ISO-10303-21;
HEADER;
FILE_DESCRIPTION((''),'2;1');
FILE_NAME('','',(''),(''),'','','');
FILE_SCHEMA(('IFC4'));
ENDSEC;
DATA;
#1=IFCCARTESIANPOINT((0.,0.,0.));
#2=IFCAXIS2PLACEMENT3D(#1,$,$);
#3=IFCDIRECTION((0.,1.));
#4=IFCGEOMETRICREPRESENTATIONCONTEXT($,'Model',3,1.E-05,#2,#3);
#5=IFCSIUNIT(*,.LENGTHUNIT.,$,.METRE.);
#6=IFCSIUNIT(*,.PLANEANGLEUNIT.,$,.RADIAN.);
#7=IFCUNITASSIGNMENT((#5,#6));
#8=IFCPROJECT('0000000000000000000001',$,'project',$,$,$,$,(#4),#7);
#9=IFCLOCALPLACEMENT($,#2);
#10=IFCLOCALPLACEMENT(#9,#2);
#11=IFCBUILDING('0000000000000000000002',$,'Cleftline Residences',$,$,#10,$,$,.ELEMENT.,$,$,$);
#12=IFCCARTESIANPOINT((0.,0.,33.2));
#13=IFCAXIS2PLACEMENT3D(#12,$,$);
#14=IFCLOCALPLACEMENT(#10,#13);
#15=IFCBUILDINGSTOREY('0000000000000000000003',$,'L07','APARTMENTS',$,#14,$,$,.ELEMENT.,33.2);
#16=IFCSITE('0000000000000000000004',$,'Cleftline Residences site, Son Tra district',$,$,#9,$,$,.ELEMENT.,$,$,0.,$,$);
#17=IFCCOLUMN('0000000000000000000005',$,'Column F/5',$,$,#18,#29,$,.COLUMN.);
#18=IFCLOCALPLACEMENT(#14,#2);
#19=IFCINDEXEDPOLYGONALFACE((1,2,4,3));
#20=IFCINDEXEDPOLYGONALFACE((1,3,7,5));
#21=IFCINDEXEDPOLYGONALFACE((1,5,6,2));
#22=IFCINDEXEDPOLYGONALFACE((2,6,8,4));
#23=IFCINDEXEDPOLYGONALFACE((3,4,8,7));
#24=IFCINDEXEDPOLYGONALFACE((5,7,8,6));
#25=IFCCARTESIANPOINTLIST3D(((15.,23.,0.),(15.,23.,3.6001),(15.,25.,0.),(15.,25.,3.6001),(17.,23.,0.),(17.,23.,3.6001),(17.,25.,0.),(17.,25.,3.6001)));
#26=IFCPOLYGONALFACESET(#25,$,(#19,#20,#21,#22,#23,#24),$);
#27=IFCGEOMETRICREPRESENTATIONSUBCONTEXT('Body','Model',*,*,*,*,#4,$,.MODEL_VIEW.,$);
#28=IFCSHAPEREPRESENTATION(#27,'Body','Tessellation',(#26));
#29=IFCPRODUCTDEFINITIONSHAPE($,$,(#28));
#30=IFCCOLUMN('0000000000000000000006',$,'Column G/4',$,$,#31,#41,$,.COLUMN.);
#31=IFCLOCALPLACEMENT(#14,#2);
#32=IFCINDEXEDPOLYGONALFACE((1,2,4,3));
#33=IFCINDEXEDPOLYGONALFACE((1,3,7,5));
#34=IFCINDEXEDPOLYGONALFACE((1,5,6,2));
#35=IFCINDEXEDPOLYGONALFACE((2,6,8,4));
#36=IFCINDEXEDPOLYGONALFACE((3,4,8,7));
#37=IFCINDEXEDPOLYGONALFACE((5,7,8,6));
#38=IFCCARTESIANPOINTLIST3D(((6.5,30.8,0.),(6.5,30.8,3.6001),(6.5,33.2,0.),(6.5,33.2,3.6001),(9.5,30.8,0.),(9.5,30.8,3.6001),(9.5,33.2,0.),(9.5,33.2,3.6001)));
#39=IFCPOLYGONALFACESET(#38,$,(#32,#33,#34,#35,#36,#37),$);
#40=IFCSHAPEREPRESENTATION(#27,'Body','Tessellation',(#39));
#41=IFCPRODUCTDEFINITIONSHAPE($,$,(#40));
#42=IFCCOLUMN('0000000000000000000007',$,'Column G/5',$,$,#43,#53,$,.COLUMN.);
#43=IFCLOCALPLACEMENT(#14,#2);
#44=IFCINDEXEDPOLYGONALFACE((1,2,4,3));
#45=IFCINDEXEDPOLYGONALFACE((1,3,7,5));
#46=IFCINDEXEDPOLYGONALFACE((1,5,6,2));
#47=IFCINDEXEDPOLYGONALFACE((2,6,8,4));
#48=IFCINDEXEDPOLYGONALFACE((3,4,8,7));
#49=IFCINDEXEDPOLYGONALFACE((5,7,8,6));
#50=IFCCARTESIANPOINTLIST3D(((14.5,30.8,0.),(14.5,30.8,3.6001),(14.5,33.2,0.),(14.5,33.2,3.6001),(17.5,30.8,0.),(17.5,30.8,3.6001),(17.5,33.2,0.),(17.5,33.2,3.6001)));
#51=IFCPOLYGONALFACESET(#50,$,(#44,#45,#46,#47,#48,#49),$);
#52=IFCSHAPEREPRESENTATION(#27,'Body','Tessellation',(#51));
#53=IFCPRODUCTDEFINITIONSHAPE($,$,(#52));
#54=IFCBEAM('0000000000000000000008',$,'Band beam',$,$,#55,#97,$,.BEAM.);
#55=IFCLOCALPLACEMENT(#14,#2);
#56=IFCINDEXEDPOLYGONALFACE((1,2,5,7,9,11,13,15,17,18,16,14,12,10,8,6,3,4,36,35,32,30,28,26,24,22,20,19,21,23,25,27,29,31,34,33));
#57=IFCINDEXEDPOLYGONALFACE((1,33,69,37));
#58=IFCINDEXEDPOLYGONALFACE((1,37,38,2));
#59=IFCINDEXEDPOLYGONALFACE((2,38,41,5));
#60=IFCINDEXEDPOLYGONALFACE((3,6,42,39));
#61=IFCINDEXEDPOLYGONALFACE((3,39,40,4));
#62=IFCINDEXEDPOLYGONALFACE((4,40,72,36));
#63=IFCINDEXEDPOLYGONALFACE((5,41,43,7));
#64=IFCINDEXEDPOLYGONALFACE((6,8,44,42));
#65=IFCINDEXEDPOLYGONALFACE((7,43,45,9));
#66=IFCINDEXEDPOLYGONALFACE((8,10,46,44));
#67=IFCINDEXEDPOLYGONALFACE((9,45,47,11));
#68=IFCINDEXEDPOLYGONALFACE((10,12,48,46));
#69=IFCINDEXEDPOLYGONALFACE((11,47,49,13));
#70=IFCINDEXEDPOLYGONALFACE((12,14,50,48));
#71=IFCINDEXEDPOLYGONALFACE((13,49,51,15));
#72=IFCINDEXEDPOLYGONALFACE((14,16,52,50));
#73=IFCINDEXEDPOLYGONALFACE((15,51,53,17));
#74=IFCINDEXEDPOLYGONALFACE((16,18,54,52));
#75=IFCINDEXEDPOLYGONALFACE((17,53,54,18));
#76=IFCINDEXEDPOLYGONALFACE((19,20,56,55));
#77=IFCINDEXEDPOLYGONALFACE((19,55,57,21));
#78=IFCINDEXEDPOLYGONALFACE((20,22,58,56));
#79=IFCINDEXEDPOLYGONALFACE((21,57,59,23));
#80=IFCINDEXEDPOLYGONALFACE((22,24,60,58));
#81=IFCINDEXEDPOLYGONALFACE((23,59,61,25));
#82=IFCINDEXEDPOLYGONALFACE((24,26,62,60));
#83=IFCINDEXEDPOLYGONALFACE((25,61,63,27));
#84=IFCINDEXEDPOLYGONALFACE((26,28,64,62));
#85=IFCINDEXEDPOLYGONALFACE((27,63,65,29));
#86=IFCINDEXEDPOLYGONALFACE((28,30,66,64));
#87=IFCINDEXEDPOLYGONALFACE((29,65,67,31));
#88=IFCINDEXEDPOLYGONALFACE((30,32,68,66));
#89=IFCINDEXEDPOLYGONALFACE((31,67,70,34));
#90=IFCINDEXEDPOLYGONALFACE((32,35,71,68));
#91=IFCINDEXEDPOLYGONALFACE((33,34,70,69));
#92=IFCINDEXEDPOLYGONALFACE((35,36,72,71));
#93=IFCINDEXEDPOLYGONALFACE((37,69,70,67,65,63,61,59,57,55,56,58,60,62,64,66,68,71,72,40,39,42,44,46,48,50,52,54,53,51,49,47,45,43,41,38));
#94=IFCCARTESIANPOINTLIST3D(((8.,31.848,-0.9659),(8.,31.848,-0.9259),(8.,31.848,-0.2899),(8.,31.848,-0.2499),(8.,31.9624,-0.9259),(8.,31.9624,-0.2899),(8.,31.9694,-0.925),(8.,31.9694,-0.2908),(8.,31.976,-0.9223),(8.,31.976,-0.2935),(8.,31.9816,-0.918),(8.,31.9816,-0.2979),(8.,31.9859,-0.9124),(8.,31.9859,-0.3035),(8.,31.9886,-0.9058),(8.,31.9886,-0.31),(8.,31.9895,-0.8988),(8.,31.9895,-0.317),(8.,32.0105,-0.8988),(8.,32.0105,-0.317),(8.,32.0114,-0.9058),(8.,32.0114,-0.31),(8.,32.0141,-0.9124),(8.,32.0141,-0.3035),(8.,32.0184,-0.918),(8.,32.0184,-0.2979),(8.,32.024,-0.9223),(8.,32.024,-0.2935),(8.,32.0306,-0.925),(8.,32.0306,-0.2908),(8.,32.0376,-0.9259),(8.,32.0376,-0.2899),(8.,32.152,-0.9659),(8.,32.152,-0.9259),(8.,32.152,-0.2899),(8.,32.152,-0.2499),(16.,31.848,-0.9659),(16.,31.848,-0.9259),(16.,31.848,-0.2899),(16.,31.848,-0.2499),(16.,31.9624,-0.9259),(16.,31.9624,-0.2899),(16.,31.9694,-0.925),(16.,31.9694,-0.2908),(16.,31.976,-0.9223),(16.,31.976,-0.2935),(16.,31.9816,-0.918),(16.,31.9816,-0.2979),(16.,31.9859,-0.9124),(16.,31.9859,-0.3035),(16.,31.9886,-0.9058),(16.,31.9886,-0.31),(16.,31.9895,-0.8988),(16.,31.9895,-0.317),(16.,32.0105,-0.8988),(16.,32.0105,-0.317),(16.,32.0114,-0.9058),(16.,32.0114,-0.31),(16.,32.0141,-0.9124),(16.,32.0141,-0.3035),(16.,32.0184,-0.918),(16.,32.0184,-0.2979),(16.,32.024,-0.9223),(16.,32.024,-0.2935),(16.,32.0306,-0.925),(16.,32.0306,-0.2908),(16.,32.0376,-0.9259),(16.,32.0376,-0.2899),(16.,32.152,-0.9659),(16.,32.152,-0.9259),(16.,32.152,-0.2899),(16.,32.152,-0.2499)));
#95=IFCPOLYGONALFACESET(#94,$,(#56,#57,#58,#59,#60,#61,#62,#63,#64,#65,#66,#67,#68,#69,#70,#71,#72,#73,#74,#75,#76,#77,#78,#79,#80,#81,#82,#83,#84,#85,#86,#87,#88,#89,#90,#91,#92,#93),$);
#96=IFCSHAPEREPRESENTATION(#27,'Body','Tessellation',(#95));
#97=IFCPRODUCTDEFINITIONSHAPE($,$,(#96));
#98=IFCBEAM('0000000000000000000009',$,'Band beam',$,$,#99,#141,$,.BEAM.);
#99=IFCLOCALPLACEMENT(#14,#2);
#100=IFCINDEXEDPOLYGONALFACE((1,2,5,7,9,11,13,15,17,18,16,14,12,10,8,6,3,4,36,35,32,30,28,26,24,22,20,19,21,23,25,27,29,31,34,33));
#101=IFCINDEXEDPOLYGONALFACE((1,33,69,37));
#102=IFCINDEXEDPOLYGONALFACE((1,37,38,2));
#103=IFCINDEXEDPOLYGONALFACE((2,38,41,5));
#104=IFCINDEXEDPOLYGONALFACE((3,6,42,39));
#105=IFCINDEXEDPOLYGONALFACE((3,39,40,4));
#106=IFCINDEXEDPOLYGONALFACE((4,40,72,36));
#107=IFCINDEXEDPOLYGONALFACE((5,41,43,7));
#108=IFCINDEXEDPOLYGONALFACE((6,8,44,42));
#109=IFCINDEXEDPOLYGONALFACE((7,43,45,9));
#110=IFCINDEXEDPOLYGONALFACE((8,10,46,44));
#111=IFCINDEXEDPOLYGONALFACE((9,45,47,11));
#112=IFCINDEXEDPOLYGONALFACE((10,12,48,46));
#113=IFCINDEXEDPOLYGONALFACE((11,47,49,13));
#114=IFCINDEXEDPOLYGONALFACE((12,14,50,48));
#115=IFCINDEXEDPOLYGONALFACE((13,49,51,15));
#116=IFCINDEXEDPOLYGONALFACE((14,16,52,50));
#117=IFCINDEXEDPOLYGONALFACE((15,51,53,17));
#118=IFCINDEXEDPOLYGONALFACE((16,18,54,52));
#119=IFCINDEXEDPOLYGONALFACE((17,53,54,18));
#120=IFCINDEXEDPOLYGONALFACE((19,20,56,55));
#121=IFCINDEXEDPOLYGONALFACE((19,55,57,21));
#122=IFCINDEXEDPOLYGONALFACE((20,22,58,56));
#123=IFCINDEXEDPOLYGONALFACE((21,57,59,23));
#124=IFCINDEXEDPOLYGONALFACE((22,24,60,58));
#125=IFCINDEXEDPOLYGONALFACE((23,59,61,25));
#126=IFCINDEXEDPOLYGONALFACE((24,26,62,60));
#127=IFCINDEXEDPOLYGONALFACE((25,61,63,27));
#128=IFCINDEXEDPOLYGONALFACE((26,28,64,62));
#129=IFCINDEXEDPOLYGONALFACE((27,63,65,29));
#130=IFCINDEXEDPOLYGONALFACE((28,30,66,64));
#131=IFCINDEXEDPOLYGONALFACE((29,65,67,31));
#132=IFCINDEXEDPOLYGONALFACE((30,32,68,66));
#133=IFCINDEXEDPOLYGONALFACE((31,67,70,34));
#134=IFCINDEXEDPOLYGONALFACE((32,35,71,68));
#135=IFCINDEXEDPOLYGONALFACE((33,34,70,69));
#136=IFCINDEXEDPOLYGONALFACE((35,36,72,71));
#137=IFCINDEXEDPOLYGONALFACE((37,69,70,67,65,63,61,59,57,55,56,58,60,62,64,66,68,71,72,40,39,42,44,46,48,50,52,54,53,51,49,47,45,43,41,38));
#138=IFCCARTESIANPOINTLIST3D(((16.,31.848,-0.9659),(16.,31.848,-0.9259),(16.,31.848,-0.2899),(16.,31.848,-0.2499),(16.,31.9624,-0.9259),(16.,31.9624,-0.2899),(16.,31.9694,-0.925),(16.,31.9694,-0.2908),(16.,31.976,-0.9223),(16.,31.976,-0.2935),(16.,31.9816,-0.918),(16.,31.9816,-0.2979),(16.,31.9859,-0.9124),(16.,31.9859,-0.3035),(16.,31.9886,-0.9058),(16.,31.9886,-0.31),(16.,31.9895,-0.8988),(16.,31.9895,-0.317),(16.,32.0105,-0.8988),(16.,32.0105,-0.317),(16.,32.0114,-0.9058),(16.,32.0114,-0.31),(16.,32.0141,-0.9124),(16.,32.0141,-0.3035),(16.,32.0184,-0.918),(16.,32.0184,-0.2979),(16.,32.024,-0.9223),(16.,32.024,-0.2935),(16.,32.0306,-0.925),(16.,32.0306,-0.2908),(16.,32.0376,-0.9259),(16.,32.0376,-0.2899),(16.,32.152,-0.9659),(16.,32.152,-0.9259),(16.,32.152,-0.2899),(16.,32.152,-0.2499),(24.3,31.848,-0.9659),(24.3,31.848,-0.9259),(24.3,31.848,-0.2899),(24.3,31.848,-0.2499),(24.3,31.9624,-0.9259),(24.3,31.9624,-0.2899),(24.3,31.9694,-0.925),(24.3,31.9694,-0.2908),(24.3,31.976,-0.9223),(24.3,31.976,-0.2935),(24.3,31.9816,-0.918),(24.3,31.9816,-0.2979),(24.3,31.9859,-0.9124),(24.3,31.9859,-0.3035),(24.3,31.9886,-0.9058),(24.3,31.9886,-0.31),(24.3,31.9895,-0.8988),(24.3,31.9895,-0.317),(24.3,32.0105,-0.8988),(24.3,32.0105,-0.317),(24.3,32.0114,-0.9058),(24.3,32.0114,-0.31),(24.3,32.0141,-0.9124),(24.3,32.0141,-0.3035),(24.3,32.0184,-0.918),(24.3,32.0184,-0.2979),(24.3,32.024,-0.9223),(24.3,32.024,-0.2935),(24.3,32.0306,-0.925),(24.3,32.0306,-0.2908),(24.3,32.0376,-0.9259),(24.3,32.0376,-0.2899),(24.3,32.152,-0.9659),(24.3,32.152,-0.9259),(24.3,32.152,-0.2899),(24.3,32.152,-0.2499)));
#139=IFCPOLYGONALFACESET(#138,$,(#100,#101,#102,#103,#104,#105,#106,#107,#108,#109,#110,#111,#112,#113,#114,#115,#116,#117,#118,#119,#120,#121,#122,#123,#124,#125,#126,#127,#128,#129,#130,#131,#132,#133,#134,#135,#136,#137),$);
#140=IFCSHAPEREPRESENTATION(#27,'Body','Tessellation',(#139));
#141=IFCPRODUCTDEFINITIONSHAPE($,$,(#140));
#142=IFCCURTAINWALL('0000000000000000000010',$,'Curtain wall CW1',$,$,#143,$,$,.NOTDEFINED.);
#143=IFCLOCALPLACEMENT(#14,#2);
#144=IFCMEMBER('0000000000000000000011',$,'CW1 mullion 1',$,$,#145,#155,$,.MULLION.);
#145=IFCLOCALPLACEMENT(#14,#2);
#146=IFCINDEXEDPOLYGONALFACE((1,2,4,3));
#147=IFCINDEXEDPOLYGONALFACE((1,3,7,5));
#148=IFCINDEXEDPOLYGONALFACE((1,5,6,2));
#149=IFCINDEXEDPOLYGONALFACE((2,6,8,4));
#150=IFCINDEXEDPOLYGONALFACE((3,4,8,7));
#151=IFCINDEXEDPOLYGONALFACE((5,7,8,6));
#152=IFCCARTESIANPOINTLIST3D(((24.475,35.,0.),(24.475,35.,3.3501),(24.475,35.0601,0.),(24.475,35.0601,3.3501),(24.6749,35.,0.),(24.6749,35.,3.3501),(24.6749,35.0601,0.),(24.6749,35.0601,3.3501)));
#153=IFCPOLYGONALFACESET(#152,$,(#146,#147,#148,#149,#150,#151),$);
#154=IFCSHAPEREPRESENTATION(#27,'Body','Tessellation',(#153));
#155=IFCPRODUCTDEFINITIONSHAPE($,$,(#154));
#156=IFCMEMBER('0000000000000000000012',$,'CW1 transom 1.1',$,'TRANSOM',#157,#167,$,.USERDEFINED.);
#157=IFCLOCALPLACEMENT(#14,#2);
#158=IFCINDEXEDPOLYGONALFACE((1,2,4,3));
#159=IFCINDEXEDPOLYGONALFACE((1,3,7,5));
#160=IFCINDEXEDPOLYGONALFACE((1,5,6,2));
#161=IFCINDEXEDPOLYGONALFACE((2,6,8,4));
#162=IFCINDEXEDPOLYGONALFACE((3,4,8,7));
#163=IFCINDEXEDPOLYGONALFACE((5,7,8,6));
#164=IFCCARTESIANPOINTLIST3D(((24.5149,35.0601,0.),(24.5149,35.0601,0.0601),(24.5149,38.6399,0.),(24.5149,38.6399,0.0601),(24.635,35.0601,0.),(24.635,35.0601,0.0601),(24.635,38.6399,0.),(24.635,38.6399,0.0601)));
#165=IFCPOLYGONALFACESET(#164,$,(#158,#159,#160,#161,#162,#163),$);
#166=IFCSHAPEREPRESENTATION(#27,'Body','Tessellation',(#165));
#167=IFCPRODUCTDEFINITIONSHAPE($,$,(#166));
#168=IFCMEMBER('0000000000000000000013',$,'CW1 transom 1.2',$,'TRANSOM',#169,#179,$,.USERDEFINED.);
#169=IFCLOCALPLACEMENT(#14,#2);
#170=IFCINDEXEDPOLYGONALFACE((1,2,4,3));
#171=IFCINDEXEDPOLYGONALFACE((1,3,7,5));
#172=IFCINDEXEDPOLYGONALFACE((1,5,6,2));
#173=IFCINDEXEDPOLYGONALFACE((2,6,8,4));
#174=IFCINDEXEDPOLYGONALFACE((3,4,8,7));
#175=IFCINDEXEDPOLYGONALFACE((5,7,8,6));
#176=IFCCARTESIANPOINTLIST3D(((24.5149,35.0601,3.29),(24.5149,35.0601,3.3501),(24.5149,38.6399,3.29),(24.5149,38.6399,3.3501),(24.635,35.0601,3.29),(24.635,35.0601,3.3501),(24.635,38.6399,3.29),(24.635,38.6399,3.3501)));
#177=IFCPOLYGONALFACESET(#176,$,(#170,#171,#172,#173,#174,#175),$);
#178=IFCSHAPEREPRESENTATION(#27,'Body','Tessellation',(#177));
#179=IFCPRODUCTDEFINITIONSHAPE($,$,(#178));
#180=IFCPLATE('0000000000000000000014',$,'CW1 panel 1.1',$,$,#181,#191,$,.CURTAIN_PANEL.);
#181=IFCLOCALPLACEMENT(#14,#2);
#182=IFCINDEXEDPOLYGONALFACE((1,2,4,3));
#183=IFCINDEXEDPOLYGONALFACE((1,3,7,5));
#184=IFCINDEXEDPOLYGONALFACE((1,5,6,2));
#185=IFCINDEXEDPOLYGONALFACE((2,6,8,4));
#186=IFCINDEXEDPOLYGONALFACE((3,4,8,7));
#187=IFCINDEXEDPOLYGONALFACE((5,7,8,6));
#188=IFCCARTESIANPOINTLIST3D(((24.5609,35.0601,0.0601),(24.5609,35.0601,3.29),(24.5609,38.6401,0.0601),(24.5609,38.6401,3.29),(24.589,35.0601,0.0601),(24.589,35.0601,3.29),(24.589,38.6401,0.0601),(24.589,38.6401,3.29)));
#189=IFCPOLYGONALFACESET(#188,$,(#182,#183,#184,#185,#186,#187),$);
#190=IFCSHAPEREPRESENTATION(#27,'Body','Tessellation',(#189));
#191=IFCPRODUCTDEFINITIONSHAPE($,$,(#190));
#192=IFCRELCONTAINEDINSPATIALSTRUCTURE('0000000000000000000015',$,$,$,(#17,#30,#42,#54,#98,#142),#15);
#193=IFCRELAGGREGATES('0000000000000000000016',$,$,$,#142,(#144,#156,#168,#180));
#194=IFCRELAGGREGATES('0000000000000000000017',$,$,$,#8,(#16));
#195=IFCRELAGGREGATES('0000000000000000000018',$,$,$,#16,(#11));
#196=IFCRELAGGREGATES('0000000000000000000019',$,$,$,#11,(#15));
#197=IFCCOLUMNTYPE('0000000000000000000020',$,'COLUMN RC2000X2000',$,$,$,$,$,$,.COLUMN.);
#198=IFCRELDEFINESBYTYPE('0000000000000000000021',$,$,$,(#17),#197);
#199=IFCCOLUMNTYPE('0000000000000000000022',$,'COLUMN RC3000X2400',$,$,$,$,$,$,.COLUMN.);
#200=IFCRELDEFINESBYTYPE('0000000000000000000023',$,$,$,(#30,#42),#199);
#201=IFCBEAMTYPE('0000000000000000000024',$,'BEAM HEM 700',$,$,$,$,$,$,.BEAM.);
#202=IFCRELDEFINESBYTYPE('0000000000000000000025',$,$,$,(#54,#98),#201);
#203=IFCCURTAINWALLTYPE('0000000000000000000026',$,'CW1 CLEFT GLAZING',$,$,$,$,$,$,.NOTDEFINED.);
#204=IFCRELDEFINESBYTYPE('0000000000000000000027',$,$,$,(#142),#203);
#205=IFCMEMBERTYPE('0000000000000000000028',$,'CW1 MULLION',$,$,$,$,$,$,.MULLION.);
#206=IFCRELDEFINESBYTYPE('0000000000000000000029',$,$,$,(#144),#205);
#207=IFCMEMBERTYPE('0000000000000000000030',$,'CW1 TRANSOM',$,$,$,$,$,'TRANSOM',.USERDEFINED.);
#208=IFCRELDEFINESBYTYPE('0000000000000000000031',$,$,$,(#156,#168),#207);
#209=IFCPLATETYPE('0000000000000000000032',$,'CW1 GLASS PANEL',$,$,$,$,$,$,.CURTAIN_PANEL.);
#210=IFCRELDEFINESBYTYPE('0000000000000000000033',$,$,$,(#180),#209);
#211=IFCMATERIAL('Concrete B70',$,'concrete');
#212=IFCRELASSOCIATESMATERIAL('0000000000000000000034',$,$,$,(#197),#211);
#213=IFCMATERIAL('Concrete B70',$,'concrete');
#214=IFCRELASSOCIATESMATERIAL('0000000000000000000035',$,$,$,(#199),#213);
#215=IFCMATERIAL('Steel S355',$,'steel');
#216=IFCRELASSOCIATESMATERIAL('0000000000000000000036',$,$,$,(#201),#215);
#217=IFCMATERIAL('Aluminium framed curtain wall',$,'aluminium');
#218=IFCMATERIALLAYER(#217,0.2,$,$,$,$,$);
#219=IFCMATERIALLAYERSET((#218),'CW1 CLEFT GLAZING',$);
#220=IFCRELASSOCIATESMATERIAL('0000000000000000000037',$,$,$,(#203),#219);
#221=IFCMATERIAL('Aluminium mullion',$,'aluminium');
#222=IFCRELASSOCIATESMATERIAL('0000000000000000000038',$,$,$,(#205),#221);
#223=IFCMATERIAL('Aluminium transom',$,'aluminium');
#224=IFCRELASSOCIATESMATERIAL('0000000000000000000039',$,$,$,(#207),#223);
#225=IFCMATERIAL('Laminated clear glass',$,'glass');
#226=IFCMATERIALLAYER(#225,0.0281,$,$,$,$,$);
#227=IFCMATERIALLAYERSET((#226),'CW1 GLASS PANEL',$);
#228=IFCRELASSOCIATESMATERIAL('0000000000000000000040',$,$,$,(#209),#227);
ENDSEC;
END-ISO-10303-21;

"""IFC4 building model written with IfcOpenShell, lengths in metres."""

from ifc_helpers import new_model, si_unit, direction, frame, origin, origin_2d, place, context, subcontext, project, spatial, rectangle, i_section, extrude, material, layer, layer_set, material_profile, profile_set, type_object, element, aggregate, save


model = new_model("IFC4")

# Units and contexts
model_context = context("Model", 3, precision=1e-05, world=origin(), true_north=direction((0.0, 1.0)))
body_context = subcontext(model_context, "Body", "Model", "MODEL_VIEW")
ifc_project = project(units=[si_unit("LENGTHUNIT", "METRE"), si_unit("PLANEANGLEUNIT", "RADIAN")], contexts=[model_context])

# Site, building, storey
site_placement = place(None, origin())
site = spatial("IfcSite", under=ifc_project, at=site_placement, Name="Cleftline Residences site, Son Tra district", CompositionType="ELEMENT", RefElevation=0.0)
building_placement = place(site_placement, origin())
building = spatial("IfcBuilding", under=site, at=building_placement, Name="Cleftline Residences", CompositionType="ELEMENT")
storey_placement = place(building_placement, frame((0.0, 0.0, 33.2)))
storey = spatial("IfcBuildingStorey", under=building, at=storey_placement, Name="L07", Description="APARTMENTS", CompositionType="ELEMENT", Elevation=33.2)

# Columns
ifc_material_1 = material(Name="Concrete B70", Category="concrete")
ifc_material_profile_1 = material_profile(ifc_material_1, rectangle(XDim=2.0, YDim=2.0, at=origin_2d()))
ifc_profile_set_1 = profile_set([ifc_material_profile_1], Name="Concrete B70")
column_type_1 = type_object("IfcColumnType", Name="COLUMN RC2000X2000", PredefinedType="COLUMN", material=ifc_profile_set_1)
column_placement = place(storey_placement, frame((16.0, 24.0, 0.0), z_axis=(0.0, 0.0, 1.0), x_axis=(1.0, 0.0, 0.0)))
element("IfcColumn", 1, at=column_placement, inside=storey, type_object=column_type_1, Name="Column F/5", PredefinedType="COLUMN", context=body_context, shape_type="SweptSolid", body=[
    extrude(rectangle(XDim=2.0, YDim=2.0, at=origin_2d()), origin(), (0.0, 0.0, 1.0), 3.6001),
])
ifc_material_2 = material(Name="Concrete B70", Category="concrete")
ifc_material_profile_2 = material_profile(ifc_material_2, rectangle(XDim=3.0, YDim=2.3999, at=origin_2d()))
ifc_profile_set_2 = profile_set([ifc_material_profile_2], Name="Concrete B70")
column_type_2 = type_object("IfcColumnType", Name="COLUMN RC3000X2400", PredefinedType="COLUMN", material=ifc_profile_set_2)
for number, where, z_axis, x_axis, name in (
    (2, (8.0, 32.0, 0.0), (0.0, 0.0, 1.0), (1.0, 0.0, 0.0), "Column G/4"),
    (3, (16.0, 32.0, 0.0), (0.0, 0.0, 1.0), (1.0, 0.0, 0.0), "Column G/5"),
):
    element("IfcColumn", number, at=place(storey_placement, frame(where, z_axis=z_axis, x_axis=x_axis)), inside=storey, type_object=column_type_2, Name=name, PredefinedType="COLUMN", context=body_context, shape_type="SweptSolid", body=[
        extrude(rectangle(XDim=3.0, YDim=2.3999, at=origin_2d()), origin(), (0.0, 0.0, 1.0), 3.6001),
    ])

# Beams
ifc_material_3 = material(Name="Steel S355", Category="steel")
ifc_material_profile_3 = material_profile(ifc_material_3, i_section(OverallWidth=0.304, OverallDepth=0.7161, WebThickness=0.021, FlangeThickness=0.04, FilletRadius=0.0271, at=origin_2d()))
ifc_profile_set_3 = profile_set([ifc_material_profile_3], Name="Steel S355")
beam_type = type_object("IfcBeamType", Name="BEAM HEM 700", PredefinedType="BEAM", material=ifc_profile_set_3)
beam_1_placement = place(storey_placement, frame((8.0, 32.0, -0.6079), z_axis=(1.0, 0.0, 0.0), x_axis=(0.0, 1.0, 0.0)))
element("IfcBeam", 4, at=beam_1_placement, inside=storey, type_object=beam_type, Name="Band beam", PredefinedType="BEAM", context=body_context, shape_type="SweptSolid", body=[
    extrude(i_section(OverallWidth=0.304, OverallDepth=0.7161, WebThickness=0.021, FlangeThickness=0.04, FilletRadius=0.0271, at=origin_2d()), origin(), (0.0, 0.0, 1.0), 8.0),
])
beam_2_placement = place(storey_placement, frame((16.0, 32.0, -0.6079), z_axis=(1.0, 0.0, 0.0), x_axis=(0.0, 1.0, 0.0)))
element("IfcBeam", 5, at=beam_2_placement, inside=storey, type_object=beam_type, Name="Band beam", PredefinedType="BEAM", context=body_context, shape_type="SweptSolid", body=[
    extrude(i_section(OverallWidth=0.304, OverallDepth=0.7161, WebThickness=0.021, FlangeThickness=0.04, FilletRadius=0.0271, at=origin_2d()), origin(), (0.0, 0.0, 1.0), 8.3),
])

# Curtain wall, members, plate
ifc_material_4 = material(Name="Aluminium framed curtain wall", Category="aluminium")
ifc_layer_1 = layer(ifc_material_4, 0.2)
ifc_layer_set_1 = layer_set([ifc_layer_1], Name="CW1 CLEFT GLAZING")
curtain_wall_type = type_object("IfcCurtainWallType", Name="CW1 CLEFT GLAZING", PredefinedType="NOTDEFINED", material=ifc_layer_set_1)
curtain_wall_placement = place(storey_placement, origin())
curtain_wall = element("IfcCurtainWall", 6, at=curtain_wall_placement, inside=storey, type_object=curtain_wall_type, Name="Curtain wall CW1", PredefinedType="NOTDEFINED")
ifc_material_5 = material(Name="Aluminium mullion", Category="aluminium")
ifc_material_profile_4 = material_profile(ifc_material_5, rectangle(XDim=0.2, YDim=0.0601, at=origin_2d()))
ifc_profile_set_4 = profile_set([ifc_material_profile_4], Name="Aluminium mullion")
member_type_1 = type_object("IfcMemberType", Name="CW1 MULLION", PredefinedType="MULLION", material=ifc_profile_set_4)
member_1_placement = place(storey_placement, frame((24.575, 35.03, 0.0), z_axis=(0.0, 0.0, 1.0), x_axis=(-1.0, 0.0, 0.0)))
member_1 = element("IfcMember", 7, at=member_1_placement, type_object=member_type_1, Name="CW1 mullion 1", PredefinedType="MULLION", context=body_context, shape_type="SweptSolid", body=[
    extrude(rectangle(XDim=0.2, YDim=0.0601, at=origin_2d()), origin(), (0.0, 0.0, 1.0), 3.3501),
])
ifc_material_6 = material(Name="Aluminium transom", Category="aluminium")
ifc_material_profile_5 = material_profile(ifc_material_6, rectangle(XDim=0.1201, YDim=0.0601, at=origin_2d()))
ifc_profile_set_5 = profile_set([ifc_material_profile_5], Name="Aluminium transom")
member_type_2 = type_object("IfcMemberType", Name="CW1 TRANSOM", ElementType="TRANSOM", PredefinedType="USERDEFINED", material=ifc_profile_set_5)
member_2_placement = place(storey_placement, frame((24.575, 35.0601, 0.03), z_axis=(0.0, 1.0, 0.0), x_axis=(-1.0, 0.0, 0.0)))
member_2 = element("IfcMember", 8, at=member_2_placement, type_object=member_type_2, Name="CW1 transom 1.1", ObjectType="TRANSOM", PredefinedType="USERDEFINED", context=body_context, shape_type="SweptSolid", body=[
    extrude(rectangle(XDim=0.1201, YDim=0.0601, at=origin_2d()), origin(), (0.0, 0.0, 1.0), 3.5798),
])
member_3_placement = place(storey_placement, frame((24.575, 35.0601, 3.3201), z_axis=(0.0, 1.0, 0.0), x_axis=(-1.0, 0.0, 0.0)))
member_3 = element("IfcMember", 9, at=member_3_placement, type_object=member_type_2, Name="CW1 transom 1.2", ObjectType="TRANSOM", PredefinedType="USERDEFINED", context=body_context, shape_type="SweptSolid", body=[
    extrude(rectangle(XDim=0.1201, YDim=0.0601, at=origin_2d()), origin(), (0.0, 0.0, 1.0), 3.5798),
])
ifc_material_7 = material(Name="Laminated clear glass", Category="glass")
ifc_layer_2 = layer(ifc_material_7, 0.0281)
ifc_layer_set_2 = layer_set([ifc_layer_2], Name="CW1 GLASS PANEL")
plate_type = type_object("IfcPlateType", Name="CW1 GLASS PANEL", PredefinedType="CURTAIN_PANEL", material=ifc_layer_set_2)
plate_placement = place(storey_placement, frame((24.575, 36.8501, 0.0601), z_axis=(0.0, 0.0, 1.0), x_axis=(0.0, 1.0, 0.0)))
plate = element("IfcPlate", 10, at=plate_placement, type_object=plate_type, Name="CW1 panel 1.1", PredefinedType="CURTAIN_PANEL", context=body_context, shape_type="SweptSolid", body=[
    extrude(rectangle(XDim=3.5801, YDim=0.0281, at=origin_2d()), origin(), (0.0, 0.0, 1.0), 3.23),
])
aggregate(curtain_wall, [member_1, member_2, member_3, plate])

save(model, "model.ifc")
